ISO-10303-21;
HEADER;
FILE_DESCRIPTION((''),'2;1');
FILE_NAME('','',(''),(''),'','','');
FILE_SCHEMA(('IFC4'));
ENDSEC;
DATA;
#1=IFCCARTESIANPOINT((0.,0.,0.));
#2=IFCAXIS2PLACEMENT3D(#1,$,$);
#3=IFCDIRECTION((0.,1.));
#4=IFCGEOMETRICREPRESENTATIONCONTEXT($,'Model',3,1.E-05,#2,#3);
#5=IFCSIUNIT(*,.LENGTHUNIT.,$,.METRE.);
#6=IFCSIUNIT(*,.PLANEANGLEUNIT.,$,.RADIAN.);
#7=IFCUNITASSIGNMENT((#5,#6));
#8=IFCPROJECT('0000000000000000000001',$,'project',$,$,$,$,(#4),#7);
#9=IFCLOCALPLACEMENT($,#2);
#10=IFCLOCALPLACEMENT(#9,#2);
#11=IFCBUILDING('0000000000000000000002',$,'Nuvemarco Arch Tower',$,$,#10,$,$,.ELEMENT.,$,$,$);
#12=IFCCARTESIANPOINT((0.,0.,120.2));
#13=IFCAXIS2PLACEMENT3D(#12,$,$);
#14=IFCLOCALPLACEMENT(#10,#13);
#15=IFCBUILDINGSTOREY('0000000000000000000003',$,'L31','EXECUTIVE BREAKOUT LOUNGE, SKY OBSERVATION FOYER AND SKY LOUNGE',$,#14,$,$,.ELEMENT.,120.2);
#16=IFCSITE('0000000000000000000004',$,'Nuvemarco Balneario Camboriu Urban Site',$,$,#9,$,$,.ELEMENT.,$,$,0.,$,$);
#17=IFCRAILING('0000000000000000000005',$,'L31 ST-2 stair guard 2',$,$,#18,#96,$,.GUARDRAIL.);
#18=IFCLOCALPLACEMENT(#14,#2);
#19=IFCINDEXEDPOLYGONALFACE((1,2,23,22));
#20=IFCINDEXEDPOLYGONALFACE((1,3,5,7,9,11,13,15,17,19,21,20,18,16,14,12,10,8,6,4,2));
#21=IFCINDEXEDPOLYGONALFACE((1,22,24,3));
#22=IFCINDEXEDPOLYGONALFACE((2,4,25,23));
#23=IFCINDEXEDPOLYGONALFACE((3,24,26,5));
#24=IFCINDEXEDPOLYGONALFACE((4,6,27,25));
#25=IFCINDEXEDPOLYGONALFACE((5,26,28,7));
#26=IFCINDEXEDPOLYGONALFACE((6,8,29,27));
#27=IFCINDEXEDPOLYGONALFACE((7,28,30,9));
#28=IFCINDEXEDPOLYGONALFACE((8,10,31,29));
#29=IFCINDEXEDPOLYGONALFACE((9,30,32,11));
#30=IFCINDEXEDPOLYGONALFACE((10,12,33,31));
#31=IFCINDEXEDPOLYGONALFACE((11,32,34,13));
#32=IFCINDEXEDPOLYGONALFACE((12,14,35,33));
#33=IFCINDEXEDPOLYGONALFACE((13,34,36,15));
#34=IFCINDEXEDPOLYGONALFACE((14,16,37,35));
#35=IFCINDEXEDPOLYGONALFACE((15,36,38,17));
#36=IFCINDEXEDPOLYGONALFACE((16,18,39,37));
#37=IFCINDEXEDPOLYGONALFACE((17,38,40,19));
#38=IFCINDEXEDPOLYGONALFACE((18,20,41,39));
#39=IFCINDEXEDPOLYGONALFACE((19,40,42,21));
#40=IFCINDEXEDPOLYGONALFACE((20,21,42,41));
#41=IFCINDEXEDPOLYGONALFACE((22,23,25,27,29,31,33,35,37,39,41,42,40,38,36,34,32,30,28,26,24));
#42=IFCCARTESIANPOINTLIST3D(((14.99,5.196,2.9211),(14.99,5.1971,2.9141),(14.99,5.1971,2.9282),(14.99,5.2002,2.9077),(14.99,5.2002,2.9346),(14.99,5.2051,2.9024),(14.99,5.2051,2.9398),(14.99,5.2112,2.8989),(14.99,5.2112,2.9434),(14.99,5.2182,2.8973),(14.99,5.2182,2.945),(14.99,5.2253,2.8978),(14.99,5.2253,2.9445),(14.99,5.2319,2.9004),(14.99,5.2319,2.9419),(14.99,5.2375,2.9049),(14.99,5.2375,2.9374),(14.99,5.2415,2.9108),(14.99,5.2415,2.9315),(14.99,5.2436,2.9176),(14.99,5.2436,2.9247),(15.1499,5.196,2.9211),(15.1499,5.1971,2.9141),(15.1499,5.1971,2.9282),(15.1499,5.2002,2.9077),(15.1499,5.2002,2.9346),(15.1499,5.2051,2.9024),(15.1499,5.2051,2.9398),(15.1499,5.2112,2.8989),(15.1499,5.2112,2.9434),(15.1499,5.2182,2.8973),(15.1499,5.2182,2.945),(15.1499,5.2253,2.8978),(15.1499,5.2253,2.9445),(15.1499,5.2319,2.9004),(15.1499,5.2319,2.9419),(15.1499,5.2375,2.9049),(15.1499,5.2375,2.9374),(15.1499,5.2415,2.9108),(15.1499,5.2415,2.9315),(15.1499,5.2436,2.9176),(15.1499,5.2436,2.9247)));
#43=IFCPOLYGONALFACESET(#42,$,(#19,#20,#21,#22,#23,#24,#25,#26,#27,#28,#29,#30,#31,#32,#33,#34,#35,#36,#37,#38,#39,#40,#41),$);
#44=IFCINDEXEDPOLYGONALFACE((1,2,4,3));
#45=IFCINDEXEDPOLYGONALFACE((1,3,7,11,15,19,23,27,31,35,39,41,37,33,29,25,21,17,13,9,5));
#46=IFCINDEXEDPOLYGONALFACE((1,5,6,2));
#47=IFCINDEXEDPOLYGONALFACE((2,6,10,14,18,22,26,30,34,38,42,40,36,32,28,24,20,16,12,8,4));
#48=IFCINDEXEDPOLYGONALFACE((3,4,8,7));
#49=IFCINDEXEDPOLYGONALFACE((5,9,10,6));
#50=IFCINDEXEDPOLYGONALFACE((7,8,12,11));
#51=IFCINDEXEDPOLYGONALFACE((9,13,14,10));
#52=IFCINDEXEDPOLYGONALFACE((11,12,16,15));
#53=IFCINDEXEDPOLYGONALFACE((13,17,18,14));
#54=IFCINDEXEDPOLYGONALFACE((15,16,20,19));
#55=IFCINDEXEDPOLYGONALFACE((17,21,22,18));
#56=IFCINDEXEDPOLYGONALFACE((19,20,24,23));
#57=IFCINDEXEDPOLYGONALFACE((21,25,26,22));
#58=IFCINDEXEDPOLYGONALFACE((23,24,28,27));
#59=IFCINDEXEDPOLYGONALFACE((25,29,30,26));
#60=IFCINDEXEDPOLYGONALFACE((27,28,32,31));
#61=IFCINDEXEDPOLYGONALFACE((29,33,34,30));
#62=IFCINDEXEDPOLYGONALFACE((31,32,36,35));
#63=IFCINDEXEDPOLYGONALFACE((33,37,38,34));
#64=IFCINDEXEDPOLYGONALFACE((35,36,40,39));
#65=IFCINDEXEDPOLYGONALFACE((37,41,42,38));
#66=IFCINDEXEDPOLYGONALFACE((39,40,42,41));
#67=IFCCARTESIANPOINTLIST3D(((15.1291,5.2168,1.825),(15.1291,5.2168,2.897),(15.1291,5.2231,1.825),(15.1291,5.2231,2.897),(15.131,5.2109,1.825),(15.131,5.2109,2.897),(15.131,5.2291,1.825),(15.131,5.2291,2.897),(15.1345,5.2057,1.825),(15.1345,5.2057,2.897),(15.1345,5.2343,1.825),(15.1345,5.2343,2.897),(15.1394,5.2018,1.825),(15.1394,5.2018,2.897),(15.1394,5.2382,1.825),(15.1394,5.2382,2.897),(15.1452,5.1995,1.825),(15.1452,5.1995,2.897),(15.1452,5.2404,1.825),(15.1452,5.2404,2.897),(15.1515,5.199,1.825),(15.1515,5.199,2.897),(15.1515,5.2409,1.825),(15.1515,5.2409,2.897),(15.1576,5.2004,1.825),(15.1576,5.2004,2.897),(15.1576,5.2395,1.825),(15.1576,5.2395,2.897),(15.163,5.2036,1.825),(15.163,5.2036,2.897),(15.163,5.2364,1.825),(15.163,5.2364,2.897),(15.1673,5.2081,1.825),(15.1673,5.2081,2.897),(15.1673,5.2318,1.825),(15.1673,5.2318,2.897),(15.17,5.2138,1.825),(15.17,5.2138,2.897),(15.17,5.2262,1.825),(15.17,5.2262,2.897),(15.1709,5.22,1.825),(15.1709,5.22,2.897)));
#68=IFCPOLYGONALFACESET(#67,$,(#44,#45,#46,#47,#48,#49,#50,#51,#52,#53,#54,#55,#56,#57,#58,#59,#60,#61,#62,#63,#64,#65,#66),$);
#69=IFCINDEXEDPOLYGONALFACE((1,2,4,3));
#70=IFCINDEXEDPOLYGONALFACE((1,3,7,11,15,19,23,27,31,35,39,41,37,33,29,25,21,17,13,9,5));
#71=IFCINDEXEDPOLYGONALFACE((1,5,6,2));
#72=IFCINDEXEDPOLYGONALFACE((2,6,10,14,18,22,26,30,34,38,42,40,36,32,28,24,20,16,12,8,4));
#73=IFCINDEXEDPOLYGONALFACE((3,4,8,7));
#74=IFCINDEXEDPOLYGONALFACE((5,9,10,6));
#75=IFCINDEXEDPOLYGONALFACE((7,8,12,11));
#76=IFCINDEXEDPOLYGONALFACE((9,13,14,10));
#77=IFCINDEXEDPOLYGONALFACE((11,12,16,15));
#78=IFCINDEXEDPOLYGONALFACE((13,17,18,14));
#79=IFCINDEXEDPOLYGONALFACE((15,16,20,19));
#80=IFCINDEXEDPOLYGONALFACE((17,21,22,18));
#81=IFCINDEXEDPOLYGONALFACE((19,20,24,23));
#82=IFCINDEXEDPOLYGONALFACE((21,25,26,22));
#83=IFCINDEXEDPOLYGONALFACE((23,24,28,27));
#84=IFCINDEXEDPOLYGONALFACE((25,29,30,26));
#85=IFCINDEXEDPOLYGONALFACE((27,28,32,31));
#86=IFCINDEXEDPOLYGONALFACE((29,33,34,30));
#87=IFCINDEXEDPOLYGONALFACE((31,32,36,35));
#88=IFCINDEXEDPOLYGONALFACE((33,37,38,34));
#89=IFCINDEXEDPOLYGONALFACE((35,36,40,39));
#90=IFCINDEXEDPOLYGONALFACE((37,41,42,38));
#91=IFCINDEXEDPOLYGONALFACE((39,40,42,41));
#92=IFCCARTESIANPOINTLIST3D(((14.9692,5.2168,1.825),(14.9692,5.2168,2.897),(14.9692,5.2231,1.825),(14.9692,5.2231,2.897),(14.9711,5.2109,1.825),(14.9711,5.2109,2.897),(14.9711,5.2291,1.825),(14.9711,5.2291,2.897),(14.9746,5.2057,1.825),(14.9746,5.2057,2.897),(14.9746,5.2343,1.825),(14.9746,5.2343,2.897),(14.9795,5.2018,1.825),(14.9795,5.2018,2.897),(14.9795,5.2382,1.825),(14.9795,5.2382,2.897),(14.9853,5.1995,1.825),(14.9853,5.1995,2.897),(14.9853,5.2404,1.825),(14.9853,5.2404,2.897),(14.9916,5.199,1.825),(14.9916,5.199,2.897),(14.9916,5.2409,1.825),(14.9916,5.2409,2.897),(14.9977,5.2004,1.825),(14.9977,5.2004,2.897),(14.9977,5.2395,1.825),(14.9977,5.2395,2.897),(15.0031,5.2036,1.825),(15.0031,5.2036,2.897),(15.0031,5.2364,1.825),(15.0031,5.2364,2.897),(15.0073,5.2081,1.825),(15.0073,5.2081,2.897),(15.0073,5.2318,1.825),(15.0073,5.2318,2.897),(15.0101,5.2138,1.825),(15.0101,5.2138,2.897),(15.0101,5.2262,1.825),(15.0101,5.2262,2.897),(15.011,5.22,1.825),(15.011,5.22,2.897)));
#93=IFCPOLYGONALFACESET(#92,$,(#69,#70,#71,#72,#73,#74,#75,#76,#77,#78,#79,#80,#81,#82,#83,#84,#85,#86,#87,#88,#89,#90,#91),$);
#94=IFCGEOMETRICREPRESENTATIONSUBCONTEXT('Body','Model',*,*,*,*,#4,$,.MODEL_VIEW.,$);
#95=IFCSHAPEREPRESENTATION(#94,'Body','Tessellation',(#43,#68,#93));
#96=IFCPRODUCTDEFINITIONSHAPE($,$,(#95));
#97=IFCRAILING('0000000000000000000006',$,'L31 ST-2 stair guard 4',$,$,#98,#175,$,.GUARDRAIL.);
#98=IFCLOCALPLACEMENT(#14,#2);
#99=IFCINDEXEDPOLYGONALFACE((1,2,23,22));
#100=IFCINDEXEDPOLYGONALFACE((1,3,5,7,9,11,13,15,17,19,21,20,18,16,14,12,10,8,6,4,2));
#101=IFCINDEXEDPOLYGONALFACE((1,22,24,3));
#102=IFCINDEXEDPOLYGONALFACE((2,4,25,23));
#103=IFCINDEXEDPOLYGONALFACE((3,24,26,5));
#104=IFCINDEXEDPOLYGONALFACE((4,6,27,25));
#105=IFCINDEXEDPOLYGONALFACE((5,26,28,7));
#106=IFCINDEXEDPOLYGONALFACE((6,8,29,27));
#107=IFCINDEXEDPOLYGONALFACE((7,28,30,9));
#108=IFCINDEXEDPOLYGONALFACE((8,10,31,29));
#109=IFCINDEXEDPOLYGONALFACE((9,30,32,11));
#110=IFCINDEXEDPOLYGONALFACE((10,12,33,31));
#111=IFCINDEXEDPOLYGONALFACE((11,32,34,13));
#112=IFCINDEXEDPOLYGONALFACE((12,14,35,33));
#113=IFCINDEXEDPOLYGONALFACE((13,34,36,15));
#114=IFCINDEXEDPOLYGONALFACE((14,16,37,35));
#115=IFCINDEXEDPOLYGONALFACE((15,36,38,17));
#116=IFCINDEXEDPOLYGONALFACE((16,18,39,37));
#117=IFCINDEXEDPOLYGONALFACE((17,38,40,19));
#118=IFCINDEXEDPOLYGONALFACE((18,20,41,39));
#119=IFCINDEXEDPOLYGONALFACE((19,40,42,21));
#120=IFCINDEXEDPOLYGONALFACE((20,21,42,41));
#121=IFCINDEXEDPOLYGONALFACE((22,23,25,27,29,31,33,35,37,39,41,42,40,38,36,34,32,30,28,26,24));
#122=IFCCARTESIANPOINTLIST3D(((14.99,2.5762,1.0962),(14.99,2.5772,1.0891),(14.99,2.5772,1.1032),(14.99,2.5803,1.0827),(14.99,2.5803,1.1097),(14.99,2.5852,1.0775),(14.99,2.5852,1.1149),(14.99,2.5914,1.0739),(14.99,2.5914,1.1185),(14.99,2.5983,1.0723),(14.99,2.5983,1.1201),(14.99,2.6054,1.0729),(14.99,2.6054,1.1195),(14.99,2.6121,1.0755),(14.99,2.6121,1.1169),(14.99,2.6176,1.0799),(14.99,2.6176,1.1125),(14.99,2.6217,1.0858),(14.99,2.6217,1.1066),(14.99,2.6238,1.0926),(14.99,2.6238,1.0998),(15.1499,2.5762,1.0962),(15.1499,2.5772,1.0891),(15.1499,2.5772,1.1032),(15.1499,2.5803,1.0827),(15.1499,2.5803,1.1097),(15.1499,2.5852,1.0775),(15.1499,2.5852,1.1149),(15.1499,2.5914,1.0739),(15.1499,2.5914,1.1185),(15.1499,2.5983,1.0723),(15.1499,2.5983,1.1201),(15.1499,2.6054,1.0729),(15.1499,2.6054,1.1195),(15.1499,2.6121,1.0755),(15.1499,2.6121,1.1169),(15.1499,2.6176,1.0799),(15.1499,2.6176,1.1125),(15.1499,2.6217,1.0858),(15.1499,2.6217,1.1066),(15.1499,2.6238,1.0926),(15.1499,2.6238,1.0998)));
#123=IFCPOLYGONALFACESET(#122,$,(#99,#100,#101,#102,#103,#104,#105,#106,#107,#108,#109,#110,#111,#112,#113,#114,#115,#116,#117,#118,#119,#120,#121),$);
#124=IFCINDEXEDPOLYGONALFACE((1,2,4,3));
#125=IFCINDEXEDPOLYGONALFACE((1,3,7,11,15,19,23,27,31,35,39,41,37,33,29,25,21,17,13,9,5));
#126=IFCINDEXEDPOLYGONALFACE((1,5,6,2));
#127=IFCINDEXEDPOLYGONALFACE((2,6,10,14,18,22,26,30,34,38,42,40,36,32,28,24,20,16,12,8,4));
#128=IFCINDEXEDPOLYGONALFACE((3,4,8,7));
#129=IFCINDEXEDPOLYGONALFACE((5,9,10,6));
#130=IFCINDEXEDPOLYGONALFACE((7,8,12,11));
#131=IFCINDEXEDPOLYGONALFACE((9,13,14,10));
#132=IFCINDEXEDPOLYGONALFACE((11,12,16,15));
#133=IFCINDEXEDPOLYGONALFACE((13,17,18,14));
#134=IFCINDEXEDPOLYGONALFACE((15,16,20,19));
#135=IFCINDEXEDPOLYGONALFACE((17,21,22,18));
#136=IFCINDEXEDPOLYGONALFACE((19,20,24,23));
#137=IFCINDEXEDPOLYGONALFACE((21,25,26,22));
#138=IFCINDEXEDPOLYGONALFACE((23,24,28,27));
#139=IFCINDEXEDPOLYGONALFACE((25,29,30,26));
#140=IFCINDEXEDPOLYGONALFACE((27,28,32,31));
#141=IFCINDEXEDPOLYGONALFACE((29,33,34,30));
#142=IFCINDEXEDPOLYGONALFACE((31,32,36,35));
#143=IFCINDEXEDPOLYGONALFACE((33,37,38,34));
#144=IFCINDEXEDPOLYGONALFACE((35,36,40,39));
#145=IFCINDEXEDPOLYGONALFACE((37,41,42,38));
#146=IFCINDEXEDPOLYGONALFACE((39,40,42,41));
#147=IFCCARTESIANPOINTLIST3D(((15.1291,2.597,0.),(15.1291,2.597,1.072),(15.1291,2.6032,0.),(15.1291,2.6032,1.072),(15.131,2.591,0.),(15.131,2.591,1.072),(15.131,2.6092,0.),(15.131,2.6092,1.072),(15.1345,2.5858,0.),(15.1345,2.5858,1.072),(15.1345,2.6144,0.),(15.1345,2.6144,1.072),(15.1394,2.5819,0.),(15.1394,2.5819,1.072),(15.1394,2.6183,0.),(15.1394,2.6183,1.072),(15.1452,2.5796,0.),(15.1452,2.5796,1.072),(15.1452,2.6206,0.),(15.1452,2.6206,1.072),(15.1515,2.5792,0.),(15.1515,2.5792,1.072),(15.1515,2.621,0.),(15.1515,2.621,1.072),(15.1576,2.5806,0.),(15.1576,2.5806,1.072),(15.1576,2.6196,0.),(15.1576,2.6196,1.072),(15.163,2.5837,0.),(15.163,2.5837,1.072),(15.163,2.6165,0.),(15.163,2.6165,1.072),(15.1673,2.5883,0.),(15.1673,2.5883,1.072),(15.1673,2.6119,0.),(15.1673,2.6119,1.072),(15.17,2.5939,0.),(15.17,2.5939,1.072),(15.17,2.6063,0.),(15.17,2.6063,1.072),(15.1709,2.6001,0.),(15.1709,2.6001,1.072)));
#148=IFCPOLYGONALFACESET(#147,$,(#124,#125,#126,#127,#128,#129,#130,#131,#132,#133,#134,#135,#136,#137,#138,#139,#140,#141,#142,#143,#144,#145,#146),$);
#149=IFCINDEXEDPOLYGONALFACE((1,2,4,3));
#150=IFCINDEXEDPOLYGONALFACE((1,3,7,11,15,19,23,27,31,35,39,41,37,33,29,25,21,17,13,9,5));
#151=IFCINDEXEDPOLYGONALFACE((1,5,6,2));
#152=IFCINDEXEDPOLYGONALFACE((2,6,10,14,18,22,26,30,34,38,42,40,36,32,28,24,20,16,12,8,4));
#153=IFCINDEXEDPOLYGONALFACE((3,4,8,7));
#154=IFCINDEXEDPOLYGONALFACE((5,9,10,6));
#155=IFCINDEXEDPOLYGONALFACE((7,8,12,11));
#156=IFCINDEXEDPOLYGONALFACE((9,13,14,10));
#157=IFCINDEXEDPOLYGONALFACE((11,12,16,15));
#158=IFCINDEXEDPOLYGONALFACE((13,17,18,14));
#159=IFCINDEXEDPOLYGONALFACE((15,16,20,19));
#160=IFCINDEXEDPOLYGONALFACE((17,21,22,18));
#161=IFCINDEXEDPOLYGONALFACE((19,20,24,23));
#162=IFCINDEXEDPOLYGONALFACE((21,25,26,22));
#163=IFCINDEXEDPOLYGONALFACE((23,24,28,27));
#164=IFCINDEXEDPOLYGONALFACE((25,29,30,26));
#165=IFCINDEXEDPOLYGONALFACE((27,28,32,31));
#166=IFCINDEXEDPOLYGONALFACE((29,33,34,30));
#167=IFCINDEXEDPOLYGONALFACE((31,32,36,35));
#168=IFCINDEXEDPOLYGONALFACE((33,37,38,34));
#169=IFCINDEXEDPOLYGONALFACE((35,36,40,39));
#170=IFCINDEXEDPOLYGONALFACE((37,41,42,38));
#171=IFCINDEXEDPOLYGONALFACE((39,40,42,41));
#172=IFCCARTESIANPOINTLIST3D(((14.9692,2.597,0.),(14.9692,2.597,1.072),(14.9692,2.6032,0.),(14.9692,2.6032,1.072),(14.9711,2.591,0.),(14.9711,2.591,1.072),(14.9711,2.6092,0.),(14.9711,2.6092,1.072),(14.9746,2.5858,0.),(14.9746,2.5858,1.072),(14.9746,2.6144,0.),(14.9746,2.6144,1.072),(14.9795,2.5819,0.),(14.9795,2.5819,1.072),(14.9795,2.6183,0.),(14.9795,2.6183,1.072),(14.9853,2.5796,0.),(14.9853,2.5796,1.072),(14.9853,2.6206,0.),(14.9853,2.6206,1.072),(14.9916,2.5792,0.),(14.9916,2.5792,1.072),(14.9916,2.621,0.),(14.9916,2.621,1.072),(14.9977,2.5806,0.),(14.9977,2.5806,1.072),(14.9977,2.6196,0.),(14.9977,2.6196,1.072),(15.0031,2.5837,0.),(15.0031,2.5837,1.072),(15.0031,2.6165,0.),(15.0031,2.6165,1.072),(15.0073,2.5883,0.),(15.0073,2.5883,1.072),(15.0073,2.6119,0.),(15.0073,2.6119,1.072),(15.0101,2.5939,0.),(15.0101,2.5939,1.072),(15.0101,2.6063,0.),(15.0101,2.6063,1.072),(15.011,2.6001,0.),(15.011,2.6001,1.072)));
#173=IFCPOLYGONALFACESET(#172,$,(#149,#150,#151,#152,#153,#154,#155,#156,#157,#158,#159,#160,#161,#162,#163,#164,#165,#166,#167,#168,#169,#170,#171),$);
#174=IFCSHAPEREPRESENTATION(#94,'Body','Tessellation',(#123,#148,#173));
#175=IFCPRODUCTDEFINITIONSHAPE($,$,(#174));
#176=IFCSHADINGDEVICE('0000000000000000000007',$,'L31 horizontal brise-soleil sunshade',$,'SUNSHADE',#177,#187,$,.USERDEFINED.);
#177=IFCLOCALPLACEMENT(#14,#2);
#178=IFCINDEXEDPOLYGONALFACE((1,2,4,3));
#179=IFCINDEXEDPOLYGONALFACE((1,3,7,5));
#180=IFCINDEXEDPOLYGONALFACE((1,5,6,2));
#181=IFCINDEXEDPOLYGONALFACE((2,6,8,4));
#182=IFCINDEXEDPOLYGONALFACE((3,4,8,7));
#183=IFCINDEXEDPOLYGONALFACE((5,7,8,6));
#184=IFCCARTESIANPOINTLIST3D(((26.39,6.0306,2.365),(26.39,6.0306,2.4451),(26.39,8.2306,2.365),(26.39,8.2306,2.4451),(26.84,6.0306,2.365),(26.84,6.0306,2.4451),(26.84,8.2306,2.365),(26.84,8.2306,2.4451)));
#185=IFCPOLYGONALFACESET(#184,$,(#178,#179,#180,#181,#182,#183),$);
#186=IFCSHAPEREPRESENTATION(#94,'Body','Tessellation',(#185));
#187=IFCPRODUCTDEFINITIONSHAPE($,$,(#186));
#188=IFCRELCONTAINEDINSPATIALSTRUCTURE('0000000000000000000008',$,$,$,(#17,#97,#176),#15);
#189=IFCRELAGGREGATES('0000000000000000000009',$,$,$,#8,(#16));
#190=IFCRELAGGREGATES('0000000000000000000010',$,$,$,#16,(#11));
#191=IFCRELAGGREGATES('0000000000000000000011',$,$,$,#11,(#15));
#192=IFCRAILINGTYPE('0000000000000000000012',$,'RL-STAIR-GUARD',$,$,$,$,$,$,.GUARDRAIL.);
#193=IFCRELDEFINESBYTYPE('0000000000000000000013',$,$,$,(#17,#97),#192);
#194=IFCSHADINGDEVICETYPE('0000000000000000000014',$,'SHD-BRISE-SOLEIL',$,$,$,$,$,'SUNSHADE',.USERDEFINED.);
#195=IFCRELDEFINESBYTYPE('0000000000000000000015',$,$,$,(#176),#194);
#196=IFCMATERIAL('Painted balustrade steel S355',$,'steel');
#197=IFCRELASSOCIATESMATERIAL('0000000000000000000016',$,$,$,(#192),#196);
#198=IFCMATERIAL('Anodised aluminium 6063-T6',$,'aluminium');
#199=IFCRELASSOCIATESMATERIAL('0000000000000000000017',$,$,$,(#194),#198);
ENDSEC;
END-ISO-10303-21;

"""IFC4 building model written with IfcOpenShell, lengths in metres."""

from ifc_helpers import new_model, si_unit, direction, frame, origin, origin_2d, place, context, subcontext, project, spatial, rectangle, circle, extrude, source, transform, mapped, material, type_object, type_shapes, element, save


model = new_model("IFC4")

# Units and contexts
model_context = context("Model", 3, precision=1e-05, world=origin(), true_north=direction((0.0, 1.0)))
body_context = subcontext(model_context, "Body", "Model", "MODEL_VIEW")
ifc_project = project(units=[si_unit("LENGTHUNIT", "METRE"), si_unit("PLANEANGLEUNIT", "RADIAN")], contexts=[model_context])

# Site, building, storey
site_placement = place(None, origin())
site = spatial("IfcSite", under=ifc_project, at=site_placement, Name="Nuvemarco Balneario Camboriu Urban Site", CompositionType="ELEMENT", RefElevation=0.0)
building_placement = place(site_placement, origin())
building = spatial("IfcBuilding", under=site, at=building_placement, Name="Nuvemarco Arch Tower", CompositionType="ELEMENT")
storey_placement = place(building_placement, frame((0.0, 0.0, 120.2)))
storey = spatial("IfcBuildingStorey", under=building, at=storey_placement, Name="L31", Description="EXECUTIVE BREAKOUT LOUNGE, SKY OBSERVATION FOYER AND SKY LOUNGE", CompositionType="ELEMENT", Elevation=120.2)

# Railings
ifc_material_1 = material(Name="Painted balustrade steel S355", Category="steel")
railing_type_1 = type_object("IfcRailingType", Name="RL-STAIR-GUARD", PredefinedType="GUARDRAIL", material=ifc_material_1)
for number, where, name in (
    (1, (15.1499, 5.22, 1.825), "L31 ST-2 stair guard 2"),
    (2, (15.1499, 2.6001, 0.0), "L31 ST-2 stair guard 4"),
):
    element("IfcRailing", number, at=place(storey_placement, frame(where)), inside=storey, type_object=railing_type_1, Name=name, PredefinedType="GUARDRAIL", context=body_context, shape_type="SweptSolid", body=[
        extrude(circle(Radius=0.0239, at=origin_2d()), frame((0.0, 0.0, 1.0962), z_axis=(-1.0, 0.0, 0.0), x_axis=(0.0, -1.0, 0.0)), (0.0, 0.0, 1.0), 0.1599),
        extrude(circle(Radius=0.021, at=origin_2d()), origin(), (0.0, 0.0, 1.0), 1.072),
        extrude(circle(Radius=0.021, at=origin_2d()), frame((-0.1599, 0.0, 0.0)), (0.0, 0.0, 1.0), 1.072),
    ])

# Shading device
ifc_material_2 = material(Name="Anodised aluminium 6063-T6", Category="aluminium")
shading_device_type = type_object("IfcShadingDeviceType", Name="SHD-BRISE-SOLEIL", ElementType="SUNSHADE", PredefinedType="USERDEFINED", material=ifc_material_2)
shared_shape_1 = source(origin(), body_context, "Body", "SweptSolid", [
    extrude(rectangle(XDim=2.2, YDim=0.45, at=origin_2d()), origin(), (0.0, 0.0, 1.0), 0.0801),
])
type_shapes(shading_device_type, [shared_shape_1])
shading_device_placement = place(storey_placement, frame((26.615, 7.1306, 2.365), z_axis=(0.0, 0.0, 1.0), x_axis=(0.0, 1.0, 0.0)))
element("IfcShadingDevice", 3, at=shading_device_placement, inside=storey, type_object=shading_device_type, Name="L31 horizontal brise-soleil sunshade", ObjectType="SUNSHADE", PredefinedType="USERDEFINED", context=body_context, shape_type="MappedRepresentation", body=[
    mapped(shared_shape_1, transform((0.0, 0.0, 0.0), scale=1.0)),
])

save(model, "model.ifc")
